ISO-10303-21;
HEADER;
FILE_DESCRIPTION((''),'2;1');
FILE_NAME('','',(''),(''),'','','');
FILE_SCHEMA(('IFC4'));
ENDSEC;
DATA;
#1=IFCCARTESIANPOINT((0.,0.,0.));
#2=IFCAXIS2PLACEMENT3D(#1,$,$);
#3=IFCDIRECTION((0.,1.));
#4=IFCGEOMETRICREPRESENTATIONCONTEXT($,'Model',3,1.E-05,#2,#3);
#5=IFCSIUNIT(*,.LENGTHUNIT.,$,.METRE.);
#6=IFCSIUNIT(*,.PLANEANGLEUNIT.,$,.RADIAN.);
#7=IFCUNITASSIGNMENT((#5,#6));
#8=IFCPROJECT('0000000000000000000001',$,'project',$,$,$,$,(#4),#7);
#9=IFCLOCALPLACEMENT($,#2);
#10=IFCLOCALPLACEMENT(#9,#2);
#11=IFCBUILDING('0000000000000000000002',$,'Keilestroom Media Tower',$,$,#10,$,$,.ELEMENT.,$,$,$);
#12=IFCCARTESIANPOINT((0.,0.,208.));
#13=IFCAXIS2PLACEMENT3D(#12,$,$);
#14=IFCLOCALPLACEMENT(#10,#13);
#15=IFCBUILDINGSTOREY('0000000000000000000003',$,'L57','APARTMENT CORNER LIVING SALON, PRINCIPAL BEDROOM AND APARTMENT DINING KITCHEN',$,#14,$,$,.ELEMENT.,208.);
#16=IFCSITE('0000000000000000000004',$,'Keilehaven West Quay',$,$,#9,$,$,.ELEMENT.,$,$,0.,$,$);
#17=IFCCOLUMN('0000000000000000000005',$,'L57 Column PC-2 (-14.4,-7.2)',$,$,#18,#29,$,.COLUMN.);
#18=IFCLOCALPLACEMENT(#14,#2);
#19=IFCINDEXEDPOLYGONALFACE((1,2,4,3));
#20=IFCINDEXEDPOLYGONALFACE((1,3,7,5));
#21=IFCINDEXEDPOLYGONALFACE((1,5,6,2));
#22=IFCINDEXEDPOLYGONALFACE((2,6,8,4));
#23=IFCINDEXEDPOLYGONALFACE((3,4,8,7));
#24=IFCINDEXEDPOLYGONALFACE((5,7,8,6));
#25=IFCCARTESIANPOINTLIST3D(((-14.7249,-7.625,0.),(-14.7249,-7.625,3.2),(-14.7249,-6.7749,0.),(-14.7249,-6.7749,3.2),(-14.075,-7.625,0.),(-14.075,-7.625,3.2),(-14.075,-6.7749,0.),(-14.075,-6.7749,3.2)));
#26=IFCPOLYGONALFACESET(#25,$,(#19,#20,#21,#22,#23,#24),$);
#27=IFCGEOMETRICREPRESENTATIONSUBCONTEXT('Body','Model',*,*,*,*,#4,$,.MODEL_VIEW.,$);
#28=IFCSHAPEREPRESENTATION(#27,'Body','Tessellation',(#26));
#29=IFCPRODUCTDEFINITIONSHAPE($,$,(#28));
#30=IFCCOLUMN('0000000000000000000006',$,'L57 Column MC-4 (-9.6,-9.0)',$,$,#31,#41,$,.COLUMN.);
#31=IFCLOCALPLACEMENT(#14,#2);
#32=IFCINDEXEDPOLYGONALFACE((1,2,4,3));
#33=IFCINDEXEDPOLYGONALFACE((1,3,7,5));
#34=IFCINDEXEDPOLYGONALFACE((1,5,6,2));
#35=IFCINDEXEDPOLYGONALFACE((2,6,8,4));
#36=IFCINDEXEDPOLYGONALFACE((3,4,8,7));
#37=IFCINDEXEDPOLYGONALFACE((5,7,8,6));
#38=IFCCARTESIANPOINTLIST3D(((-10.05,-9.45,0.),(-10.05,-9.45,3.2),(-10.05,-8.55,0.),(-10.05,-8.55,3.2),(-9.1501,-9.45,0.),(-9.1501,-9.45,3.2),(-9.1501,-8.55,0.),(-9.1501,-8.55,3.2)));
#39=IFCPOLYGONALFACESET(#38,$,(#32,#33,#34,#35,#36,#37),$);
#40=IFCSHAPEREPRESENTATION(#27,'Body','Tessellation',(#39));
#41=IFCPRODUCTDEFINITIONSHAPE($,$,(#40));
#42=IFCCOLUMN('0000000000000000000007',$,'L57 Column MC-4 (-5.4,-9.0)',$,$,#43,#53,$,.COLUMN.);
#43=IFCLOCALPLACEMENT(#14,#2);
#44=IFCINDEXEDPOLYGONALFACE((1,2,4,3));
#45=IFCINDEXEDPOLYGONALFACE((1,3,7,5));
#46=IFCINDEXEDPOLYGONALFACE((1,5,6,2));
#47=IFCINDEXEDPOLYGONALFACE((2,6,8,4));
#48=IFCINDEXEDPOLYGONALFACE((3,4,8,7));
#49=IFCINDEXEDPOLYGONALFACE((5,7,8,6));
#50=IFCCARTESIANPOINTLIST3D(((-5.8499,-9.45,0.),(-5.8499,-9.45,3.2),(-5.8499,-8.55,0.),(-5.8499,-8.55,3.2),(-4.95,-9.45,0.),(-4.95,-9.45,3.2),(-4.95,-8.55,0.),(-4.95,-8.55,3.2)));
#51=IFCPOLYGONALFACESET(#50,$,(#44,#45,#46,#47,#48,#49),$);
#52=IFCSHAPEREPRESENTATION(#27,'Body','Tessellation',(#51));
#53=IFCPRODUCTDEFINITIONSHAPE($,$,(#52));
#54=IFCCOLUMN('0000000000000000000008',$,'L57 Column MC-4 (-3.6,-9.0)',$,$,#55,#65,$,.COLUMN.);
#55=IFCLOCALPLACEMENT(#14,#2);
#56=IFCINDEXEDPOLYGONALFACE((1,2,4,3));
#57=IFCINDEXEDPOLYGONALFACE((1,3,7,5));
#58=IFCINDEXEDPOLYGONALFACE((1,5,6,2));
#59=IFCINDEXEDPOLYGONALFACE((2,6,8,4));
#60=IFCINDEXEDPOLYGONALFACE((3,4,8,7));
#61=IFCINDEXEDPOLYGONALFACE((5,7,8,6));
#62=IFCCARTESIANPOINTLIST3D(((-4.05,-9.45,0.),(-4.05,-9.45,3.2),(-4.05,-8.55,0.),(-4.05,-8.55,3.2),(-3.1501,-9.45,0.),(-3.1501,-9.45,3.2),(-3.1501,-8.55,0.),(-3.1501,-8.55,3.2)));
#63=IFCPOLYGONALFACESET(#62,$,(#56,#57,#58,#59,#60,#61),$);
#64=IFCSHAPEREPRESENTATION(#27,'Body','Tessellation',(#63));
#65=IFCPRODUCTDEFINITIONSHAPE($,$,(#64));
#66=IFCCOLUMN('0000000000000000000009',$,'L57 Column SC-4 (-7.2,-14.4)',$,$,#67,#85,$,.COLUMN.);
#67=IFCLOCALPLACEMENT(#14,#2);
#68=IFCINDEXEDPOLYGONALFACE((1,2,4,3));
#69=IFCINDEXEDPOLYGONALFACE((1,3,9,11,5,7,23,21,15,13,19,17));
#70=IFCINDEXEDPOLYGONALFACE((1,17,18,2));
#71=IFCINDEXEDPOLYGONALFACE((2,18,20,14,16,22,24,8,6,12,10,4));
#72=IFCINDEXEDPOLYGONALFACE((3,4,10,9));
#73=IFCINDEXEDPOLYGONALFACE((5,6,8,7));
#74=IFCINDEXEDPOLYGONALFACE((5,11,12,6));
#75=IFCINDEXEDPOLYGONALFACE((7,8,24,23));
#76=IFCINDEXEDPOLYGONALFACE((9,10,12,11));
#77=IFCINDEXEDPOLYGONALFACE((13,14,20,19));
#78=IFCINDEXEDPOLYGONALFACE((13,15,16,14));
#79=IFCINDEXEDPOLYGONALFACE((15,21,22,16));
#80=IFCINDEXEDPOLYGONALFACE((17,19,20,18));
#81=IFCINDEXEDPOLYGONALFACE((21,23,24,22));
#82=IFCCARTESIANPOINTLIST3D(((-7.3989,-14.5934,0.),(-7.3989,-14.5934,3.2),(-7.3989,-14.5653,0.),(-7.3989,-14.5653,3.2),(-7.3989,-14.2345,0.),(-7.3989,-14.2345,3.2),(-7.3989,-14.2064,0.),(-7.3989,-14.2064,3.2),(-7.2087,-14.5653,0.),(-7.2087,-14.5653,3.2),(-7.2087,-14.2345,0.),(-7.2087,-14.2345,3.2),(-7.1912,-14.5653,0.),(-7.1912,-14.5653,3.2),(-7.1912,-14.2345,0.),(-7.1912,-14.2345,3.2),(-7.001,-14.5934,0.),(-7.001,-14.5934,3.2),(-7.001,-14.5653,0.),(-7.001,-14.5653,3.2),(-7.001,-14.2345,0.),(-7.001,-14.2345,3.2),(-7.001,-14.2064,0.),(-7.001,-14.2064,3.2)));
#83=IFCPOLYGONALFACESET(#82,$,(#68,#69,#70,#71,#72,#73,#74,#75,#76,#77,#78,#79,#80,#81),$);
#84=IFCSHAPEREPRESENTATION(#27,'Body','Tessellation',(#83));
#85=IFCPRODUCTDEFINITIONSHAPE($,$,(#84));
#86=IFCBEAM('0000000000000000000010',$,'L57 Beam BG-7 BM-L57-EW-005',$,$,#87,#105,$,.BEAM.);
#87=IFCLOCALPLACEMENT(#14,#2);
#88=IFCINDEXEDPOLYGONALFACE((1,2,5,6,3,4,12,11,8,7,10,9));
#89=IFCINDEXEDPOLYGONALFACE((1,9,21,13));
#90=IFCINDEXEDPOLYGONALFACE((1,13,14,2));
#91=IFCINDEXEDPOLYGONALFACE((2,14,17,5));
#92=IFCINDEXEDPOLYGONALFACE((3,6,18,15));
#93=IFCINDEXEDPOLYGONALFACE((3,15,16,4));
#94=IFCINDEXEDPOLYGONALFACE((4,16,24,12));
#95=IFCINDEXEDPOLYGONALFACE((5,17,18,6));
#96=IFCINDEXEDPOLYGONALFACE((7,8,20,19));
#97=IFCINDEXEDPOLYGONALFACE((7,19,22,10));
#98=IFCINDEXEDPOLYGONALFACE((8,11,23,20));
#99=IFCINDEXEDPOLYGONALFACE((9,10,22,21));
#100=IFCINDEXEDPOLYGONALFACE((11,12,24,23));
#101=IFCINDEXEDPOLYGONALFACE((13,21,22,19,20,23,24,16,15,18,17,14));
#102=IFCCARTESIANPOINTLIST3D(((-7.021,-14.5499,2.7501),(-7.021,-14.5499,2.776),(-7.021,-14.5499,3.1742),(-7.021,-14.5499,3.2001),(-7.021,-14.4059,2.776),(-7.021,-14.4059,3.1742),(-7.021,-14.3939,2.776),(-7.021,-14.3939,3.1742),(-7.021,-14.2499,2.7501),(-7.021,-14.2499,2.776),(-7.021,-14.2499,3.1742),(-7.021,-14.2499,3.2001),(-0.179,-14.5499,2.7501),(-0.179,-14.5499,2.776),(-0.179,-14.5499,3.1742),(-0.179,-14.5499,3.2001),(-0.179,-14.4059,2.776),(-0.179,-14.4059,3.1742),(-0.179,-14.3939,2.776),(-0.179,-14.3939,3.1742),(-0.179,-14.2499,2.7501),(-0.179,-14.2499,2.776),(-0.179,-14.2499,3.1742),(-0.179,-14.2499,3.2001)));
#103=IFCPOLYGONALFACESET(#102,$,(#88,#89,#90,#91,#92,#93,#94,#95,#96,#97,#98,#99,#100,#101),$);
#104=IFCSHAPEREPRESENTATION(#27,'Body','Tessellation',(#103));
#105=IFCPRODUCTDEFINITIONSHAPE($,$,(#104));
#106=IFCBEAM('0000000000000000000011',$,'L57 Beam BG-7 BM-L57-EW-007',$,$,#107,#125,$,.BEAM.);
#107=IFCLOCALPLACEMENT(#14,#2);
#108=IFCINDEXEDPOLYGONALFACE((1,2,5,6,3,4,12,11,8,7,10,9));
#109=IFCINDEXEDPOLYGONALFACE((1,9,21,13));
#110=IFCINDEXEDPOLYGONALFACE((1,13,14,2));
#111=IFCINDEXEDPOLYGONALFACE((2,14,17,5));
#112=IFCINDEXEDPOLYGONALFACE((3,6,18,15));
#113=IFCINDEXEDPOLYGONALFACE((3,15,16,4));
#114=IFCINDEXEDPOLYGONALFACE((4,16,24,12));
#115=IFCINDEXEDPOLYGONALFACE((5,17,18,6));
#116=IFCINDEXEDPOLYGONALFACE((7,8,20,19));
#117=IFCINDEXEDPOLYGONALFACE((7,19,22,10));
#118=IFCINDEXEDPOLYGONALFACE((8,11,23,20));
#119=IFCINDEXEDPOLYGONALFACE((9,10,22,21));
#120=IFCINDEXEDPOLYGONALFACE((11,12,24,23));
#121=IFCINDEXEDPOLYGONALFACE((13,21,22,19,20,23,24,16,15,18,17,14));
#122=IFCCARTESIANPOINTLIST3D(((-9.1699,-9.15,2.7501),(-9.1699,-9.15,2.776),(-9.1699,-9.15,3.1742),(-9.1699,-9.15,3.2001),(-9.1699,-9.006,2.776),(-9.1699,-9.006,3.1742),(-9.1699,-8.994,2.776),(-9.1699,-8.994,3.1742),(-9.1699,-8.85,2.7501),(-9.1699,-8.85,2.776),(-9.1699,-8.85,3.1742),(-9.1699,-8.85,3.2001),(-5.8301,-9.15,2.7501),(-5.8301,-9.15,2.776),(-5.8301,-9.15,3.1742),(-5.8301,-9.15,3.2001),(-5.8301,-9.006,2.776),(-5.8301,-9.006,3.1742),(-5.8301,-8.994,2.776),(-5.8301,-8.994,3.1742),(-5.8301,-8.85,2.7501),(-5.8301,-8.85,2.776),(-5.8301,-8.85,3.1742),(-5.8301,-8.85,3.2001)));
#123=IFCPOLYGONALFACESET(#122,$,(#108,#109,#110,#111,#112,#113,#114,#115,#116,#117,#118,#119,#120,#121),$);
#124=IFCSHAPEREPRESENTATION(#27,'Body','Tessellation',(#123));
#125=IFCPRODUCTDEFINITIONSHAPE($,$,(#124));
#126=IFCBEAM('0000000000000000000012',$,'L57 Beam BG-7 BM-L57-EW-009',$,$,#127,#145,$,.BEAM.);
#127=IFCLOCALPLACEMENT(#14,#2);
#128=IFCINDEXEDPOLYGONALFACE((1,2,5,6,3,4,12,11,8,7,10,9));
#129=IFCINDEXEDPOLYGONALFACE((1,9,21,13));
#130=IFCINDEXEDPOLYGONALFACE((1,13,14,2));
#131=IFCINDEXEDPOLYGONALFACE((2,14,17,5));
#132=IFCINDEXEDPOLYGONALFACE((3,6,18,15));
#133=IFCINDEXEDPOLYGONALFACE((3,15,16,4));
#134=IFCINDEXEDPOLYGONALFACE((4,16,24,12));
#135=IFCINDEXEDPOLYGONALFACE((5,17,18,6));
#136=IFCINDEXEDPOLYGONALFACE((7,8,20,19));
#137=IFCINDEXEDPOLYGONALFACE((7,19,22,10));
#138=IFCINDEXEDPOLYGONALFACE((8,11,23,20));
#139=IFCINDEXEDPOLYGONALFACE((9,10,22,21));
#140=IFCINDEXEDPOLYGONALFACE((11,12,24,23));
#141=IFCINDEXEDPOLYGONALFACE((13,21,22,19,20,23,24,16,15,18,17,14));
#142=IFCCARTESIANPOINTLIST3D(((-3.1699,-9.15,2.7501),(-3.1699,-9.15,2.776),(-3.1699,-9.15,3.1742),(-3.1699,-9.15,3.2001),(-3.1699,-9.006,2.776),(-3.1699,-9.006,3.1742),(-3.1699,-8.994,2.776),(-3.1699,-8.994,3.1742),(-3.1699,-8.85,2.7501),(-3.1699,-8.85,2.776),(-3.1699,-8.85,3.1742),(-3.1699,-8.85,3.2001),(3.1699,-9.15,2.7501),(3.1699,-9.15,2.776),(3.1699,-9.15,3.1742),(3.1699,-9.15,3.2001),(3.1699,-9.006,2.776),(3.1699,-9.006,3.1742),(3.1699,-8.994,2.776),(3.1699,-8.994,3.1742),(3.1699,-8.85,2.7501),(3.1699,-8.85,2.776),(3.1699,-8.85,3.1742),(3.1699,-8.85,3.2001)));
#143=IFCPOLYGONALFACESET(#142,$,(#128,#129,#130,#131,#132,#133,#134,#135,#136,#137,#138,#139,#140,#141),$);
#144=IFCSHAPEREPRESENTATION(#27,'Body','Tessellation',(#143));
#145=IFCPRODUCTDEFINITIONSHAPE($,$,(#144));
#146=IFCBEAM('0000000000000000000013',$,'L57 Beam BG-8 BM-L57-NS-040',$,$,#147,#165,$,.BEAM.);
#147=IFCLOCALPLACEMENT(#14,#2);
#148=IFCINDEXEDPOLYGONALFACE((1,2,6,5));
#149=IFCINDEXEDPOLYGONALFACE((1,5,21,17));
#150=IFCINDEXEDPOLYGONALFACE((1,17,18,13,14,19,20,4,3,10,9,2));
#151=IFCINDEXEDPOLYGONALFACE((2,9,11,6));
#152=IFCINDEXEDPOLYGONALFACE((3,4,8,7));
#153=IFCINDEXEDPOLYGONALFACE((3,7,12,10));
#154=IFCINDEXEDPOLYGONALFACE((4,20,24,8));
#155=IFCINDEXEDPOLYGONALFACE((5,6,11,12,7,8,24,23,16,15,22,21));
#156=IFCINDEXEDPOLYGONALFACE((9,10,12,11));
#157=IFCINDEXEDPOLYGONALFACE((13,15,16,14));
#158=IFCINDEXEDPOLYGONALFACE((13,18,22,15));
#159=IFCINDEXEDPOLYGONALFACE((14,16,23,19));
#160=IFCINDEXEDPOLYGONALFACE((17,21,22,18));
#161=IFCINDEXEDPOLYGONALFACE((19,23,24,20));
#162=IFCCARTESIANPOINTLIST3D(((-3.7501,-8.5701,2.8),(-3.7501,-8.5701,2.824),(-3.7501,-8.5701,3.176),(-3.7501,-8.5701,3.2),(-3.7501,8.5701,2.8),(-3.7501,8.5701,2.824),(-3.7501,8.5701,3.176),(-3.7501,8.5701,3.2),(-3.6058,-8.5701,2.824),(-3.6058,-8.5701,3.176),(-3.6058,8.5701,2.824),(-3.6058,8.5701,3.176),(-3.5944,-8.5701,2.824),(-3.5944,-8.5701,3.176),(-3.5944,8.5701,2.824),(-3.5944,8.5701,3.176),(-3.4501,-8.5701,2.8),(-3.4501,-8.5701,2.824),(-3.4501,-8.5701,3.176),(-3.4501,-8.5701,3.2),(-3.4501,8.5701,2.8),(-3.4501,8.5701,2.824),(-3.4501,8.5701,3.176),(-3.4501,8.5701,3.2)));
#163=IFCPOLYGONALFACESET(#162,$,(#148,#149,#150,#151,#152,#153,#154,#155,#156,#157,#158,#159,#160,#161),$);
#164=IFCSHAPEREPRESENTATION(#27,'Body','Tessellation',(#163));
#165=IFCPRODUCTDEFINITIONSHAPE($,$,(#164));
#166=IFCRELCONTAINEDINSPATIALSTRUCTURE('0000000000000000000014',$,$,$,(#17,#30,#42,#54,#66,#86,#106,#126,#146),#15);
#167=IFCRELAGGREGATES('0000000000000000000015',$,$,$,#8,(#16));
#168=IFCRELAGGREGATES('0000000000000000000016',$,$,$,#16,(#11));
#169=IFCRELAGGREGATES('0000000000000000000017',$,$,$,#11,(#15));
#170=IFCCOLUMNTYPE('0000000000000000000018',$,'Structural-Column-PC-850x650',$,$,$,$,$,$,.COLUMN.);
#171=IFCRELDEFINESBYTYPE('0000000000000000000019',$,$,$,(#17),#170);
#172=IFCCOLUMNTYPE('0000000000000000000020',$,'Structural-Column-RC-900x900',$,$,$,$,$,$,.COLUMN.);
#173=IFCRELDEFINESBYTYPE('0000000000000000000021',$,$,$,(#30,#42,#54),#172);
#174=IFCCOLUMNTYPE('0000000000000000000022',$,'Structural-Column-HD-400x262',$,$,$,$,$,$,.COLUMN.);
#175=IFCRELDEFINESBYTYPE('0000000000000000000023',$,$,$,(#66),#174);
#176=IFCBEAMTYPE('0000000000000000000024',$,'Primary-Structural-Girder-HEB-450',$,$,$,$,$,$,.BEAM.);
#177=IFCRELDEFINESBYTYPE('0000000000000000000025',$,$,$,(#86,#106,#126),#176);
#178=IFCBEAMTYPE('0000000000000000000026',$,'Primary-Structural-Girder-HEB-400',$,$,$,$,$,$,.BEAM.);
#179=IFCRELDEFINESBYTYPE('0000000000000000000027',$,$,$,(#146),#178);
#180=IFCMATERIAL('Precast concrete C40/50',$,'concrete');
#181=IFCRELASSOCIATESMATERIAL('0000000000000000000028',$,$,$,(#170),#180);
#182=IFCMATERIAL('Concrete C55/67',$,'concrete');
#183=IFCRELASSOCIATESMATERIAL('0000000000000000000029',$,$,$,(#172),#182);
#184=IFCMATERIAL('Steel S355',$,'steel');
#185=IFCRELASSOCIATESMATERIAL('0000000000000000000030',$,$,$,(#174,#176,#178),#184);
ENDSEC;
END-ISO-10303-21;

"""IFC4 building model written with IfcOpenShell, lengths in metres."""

from ifc_helpers import new_model, si_unit, direction, frame, origin, origin_2d, place, context, subcontext, project, spatial, rectangle, i_section, extrude, source, transform, mapped, material, material_profile, profile_set, type_object, element, save


model = new_model("IFC4")

# Units and contexts
model_context = context("Model", 3, precision=1e-05, world=origin(), true_north=direction((0.0, 1.0)))
body_context = subcontext(model_context, "Body", "Model", "MODEL_VIEW")
ifc_project = project(units=[si_unit("LENGTHUNIT", "METRE"), si_unit("PLANEANGLEUNIT", "RADIAN")], contexts=[model_context])

# Site, building, storey
site_placement = place(None, origin())
site = spatial("IfcSite", under=ifc_project, at=site_placement, Name="Keilehaven West Quay", CompositionType="ELEMENT", RefElevation=0.0)
building_placement = place(site_placement, origin())
building = spatial("IfcBuilding", under=site, at=building_placement, Name="Keilestroom Media Tower", CompositionType="ELEMENT")
storey_placement = place(building_placement, frame((0.0, 0.0, 208.0)))
storey = spatial("IfcBuildingStorey", under=building, at=storey_placement, Name="L57", Description="APARTMENT CORNER LIVING SALON, PRINCIPAL BEDROOM AND APARTMENT DINING KITCHEN", CompositionType="ELEMENT", Elevation=208.0)

# Columns
ifc_material_1 = material(Name="Precast concrete C40/50", Category="concrete")
ifc_material_profile_1 = material_profile(ifc_material_1, rectangle(XDim=0.6499, YDim=0.8501, at=origin_2d()), Name="PC 850x650")
ifc_profile_set_1 = profile_set([ifc_material_profile_1], Name="Precast concrete C40/50")
column_type_1 = type_object("IfcColumnType", Name="Structural-Column-PC-850x650", PredefinedType="COLUMN", material=ifc_profile_set_1)
shared_shape_1 = source(origin(), body_context, "Body", "SweptSolid", [
    extrude(rectangle(XDim=0.6499, YDim=0.8501, at=origin_2d()), origin(), (0.0, 0.0, 1.0), 3.2),
])
column_1_placement = place(storey_placement, frame((-14.3999, -7.2, 0.0), z_axis=(0.0, 0.0, 1.0), x_axis=(1.0, 0.0, 0.0)))
element("IfcColumn", 1, at=column_1_placement, inside=storey, type_object=column_type_1, Name="L57 Column PC-2 (-14.4,-7.2)", PredefinedType="COLUMN", context=body_context, shape_type="MappedRepresentation", body=[
    mapped(shared_shape_1, transform((0.0, 0.0, 0.0), x_axis=(1.0, 0.0, 0.0), y_axis=(0.0, 1.0, 0.0), z_axis=(0.0, 0.0, 1.0), scale=1.0)),
])
ifc_material_2 = material(Name="Concrete C55/67", Category="concrete")
ifc_material_profile_2 = material_profile(ifc_material_2, rectangle(XDim=0.8999, YDim=0.8999, at=origin_2d()), Name="RC 900x900")
ifc_profile_set_2 = profile_set([ifc_material_profile_2], Name="Concrete C55/67")
column_type_2 = type_object("IfcColumnType", Name="Structural-Column-RC-900x900", PredefinedType="COLUMN", material=ifc_profile_set_2)
shared_shape_2 = source(origin(), body_context, "Body", "SweptSolid", [
    extrude(rectangle(XDim=0.8999, YDim=0.8999, at=origin_2d()), origin(), (0.0, 0.0, 1.0), 3.2),
])
for number, where, z_axis, x_axis, name in (
    (2, (-9.6001, -9.0, 0.0), (0.0, 0.0, 1.0), (1.0, 0.0, 0.0), "L57 Column MC-4 (-9.6,-9.0)"),
    (3, (-5.3999, -9.0, 0.0), (0.0, 0.0, 1.0), (1.0, 0.0, 0.0), "L57 Column MC-4 (-5.4,-9.0)"),
    (4, (-3.6001, -9.0, 0.0), (0.0, 0.0, 1.0), (1.0, 0.0, 0.0), "L57 Column MC-4 (-3.6,-9.0)"),
):
    element("IfcColumn", number, at=place(storey_placement, frame(where, z_axis=z_axis, x_axis=x_axis)), inside=storey, type_object=column_type_2, Name=name, PredefinedType="COLUMN", context=body_context, shape_type="MappedRepresentation", body=[
        mapped(shared_shape_2, transform((0.0, 0.0, 0.0), x_axis=(1.0, 0.0, 0.0), y_axis=(0.0, 1.0, 0.0), z_axis=(0.0, 0.0, 1.0), scale=1.0)),
    ])
ifc_material_3 = material(Name="Steel S355", Category="steel")
ifc_material_profile_3 = material_profile(ifc_material_3, i_section(OverallWidth=0.3979, OverallDepth=0.387, WebThickness=0.0176, FlangeThickness=0.0281, at=origin_2d()), Name="HD 400x262")
ifc_profile_set_3 = profile_set([ifc_material_profile_3], Name="Steel S355")
column_type_3 = type_object("IfcColumnType", Name="Structural-Column-HD-400x262", PredefinedType="COLUMN", material=ifc_profile_set_3)
shared_shape_3 = source(origin(), body_context, "Body", "SweptSolid", [
    extrude(i_section(OverallWidth=0.3979, OverallDepth=0.387, WebThickness=0.0176, FlangeThickness=0.0281, at=origin_2d()), origin(), (0.0, 0.0, 1.0), 3.2),
])
column_2_placement = place(storey_placement, frame((-7.2, -14.3999, 0.0), z_axis=(0.0, 0.0, 1.0), x_axis=(1.0, 0.0, 0.0)))
element("IfcColumn", 5, at=column_2_placement, inside=storey, type_object=column_type_3, Name="L57 Column SC-4 (-7.2,-14.4)", PredefinedType="COLUMN", context=body_context, shape_type="MappedRepresentation", body=[
    mapped(shared_shape_3, transform((0.0, 0.0, 0.0), x_axis=(1.0, 0.0, 0.0), y_axis=(0.0, 1.0, 0.0), z_axis=(0.0, 0.0, 1.0), scale=1.0)),
])

# Beams
ifc_material_profile_4 = material_profile(ifc_material_3, i_section(OverallWidth=0.3, OverallDepth=0.45, WebThickness=0.012, FlangeThickness=0.0259, at=origin_2d()), Name="HEB 450")
ifc_profile_set_4 = profile_set([ifc_material_profile_4], Name="Steel S355")
beam_type_1 = type_object("IfcBeamType", Name="Primary-Structural-Girder-HEB-450", PredefinedType="BEAM", material=ifc_profile_set_4)
shared_shape_4 = source(origin(), body_context, "Body", "SweptSolid", [
    extrude(i_section(OverallWidth=0.3, OverallDepth=0.45, WebThickness=0.012, FlangeThickness=0.0259, at=origin_2d()), origin(), (0.0, 0.0, 1.0), 6.842),
])
beam_1_placement = place(storey_placement, frame((-7.021, -14.3999, 2.9751), z_axis=(1.0, 0.0, 0.0), x_axis=(0.0, 1.0, 0.0)))
element("IfcBeam", 6, at=beam_1_placement, inside=storey, type_object=beam_type_1, Name="L57 Beam BG-7 BM-L57-EW-005", PredefinedType="BEAM", context=body_context, shape_type="MappedRepresentation", body=[
    mapped(shared_shape_4, transform((0.0, 0.0, 0.0), x_axis=(1.0, 0.0, 0.0), y_axis=(0.0, 1.0, 0.0), z_axis=(0.0, 0.0, 1.0), scale=1.0)),
])
shared_shape_5 = source(origin(), body_context, "Body", "SweptSolid", [
    extrude(i_section(OverallWidth=0.3, OverallDepth=0.45, WebThickness=0.012, FlangeThickness=0.0259, at=origin_2d()), origin(), (0.0, 0.0, 1.0), 3.3398),
])
beam_2_placement = place(storey_placement, frame((-9.1699, -9.0, 2.9751), z_axis=(1.0, 0.0, 0.0), x_axis=(0.0, 1.0, 0.0)))
element("IfcBeam", 7, at=beam_2_placement, inside=storey, type_object=beam_type_1, Name="L57 Beam BG-7 BM-L57-EW-007", PredefinedType="BEAM", context=body_context, shape_type="MappedRepresentation", body=[
    mapped(shared_shape_5, transform((0.0, 0.0, 0.0), x_axis=(1.0, 0.0, 0.0), y_axis=(0.0, 1.0, 0.0), z_axis=(0.0, 0.0, 1.0), scale=1.0)),
])
shared_shape_6 = source(origin(), body_context, "Body", "SweptSolid", [
    extrude(i_section(OverallWidth=0.3, OverallDepth=0.45, WebThickness=0.012, FlangeThickness=0.0259, at=origin_2d()), origin(), (0.0, 0.0, 1.0), 6.3398),
])
beam_3_placement = place(storey_placement, frame((-3.1699, -9.0, 2.9751), z_axis=(1.0, 0.0, 0.0), x_axis=(0.0, 1.0, 0.0)))
element("IfcBeam", 8, at=beam_3_placement, inside=storey, type_object=beam_type_1, Name="L57 Beam BG-7 BM-L57-EW-009", PredefinedType="BEAM", context=body_context, shape_type="MappedRepresentation", body=[
    mapped(shared_shape_6, transform((0.0, 0.0, 0.0), x_axis=(1.0, 0.0, 0.0), y_axis=(0.0, 1.0, 0.0), z_axis=(0.0, 0.0, 1.0), scale=1.0)),
])
ifc_material_profile_5 = material_profile(ifc_material_3, i_section(OverallWidth=0.3, OverallDepth=0.3999, WebThickness=0.0115, FlangeThickness=0.0239, at=origin_2d()), Name="HEB 400")
ifc_profile_set_5 = profile_set([ifc_material_profile_5], Name="Steel S355")
beam_type_2 = type_object("IfcBeamType", Name="Primary-Structural-Girder-HEB-400", PredefinedType="BEAM", material=ifc_profile_set_5)
shared_shape_7 = source(origin(), body_context, "Body", "SweptSolid", [
    extrude(i_section(OverallWidth=0.3, OverallDepth=0.3999, WebThickness=0.0115, FlangeThickness=0.0239, at=origin_2d()), origin(), (0.0, 0.0, 1.0), 17.1401),
])
beam_4_placement = place(storey_placement, frame((-3.6001, -8.5701, 3.0), z_axis=(0.0, 1.0, 0.0), x_axis=(-1.0, 0.0, 0.0)))
element("IfcBeam", 9, at=beam_4_placement, inside=storey, type_object=beam_type_2, Name="L57 Beam BG-8 BM-L57-NS-040", PredefinedType="BEAM", context=body_context, shape_type="MappedRepresentation", body=[
    mapped(shared_shape_7, transform((0.0, 0.0, 0.0), x_axis=(1.0, 0.0, 0.0), y_axis=(0.0, 1.0, 0.0), z_axis=(0.0, 0.0, 1.0), scale=1.0)),
])

save(model, "model.ifc")
